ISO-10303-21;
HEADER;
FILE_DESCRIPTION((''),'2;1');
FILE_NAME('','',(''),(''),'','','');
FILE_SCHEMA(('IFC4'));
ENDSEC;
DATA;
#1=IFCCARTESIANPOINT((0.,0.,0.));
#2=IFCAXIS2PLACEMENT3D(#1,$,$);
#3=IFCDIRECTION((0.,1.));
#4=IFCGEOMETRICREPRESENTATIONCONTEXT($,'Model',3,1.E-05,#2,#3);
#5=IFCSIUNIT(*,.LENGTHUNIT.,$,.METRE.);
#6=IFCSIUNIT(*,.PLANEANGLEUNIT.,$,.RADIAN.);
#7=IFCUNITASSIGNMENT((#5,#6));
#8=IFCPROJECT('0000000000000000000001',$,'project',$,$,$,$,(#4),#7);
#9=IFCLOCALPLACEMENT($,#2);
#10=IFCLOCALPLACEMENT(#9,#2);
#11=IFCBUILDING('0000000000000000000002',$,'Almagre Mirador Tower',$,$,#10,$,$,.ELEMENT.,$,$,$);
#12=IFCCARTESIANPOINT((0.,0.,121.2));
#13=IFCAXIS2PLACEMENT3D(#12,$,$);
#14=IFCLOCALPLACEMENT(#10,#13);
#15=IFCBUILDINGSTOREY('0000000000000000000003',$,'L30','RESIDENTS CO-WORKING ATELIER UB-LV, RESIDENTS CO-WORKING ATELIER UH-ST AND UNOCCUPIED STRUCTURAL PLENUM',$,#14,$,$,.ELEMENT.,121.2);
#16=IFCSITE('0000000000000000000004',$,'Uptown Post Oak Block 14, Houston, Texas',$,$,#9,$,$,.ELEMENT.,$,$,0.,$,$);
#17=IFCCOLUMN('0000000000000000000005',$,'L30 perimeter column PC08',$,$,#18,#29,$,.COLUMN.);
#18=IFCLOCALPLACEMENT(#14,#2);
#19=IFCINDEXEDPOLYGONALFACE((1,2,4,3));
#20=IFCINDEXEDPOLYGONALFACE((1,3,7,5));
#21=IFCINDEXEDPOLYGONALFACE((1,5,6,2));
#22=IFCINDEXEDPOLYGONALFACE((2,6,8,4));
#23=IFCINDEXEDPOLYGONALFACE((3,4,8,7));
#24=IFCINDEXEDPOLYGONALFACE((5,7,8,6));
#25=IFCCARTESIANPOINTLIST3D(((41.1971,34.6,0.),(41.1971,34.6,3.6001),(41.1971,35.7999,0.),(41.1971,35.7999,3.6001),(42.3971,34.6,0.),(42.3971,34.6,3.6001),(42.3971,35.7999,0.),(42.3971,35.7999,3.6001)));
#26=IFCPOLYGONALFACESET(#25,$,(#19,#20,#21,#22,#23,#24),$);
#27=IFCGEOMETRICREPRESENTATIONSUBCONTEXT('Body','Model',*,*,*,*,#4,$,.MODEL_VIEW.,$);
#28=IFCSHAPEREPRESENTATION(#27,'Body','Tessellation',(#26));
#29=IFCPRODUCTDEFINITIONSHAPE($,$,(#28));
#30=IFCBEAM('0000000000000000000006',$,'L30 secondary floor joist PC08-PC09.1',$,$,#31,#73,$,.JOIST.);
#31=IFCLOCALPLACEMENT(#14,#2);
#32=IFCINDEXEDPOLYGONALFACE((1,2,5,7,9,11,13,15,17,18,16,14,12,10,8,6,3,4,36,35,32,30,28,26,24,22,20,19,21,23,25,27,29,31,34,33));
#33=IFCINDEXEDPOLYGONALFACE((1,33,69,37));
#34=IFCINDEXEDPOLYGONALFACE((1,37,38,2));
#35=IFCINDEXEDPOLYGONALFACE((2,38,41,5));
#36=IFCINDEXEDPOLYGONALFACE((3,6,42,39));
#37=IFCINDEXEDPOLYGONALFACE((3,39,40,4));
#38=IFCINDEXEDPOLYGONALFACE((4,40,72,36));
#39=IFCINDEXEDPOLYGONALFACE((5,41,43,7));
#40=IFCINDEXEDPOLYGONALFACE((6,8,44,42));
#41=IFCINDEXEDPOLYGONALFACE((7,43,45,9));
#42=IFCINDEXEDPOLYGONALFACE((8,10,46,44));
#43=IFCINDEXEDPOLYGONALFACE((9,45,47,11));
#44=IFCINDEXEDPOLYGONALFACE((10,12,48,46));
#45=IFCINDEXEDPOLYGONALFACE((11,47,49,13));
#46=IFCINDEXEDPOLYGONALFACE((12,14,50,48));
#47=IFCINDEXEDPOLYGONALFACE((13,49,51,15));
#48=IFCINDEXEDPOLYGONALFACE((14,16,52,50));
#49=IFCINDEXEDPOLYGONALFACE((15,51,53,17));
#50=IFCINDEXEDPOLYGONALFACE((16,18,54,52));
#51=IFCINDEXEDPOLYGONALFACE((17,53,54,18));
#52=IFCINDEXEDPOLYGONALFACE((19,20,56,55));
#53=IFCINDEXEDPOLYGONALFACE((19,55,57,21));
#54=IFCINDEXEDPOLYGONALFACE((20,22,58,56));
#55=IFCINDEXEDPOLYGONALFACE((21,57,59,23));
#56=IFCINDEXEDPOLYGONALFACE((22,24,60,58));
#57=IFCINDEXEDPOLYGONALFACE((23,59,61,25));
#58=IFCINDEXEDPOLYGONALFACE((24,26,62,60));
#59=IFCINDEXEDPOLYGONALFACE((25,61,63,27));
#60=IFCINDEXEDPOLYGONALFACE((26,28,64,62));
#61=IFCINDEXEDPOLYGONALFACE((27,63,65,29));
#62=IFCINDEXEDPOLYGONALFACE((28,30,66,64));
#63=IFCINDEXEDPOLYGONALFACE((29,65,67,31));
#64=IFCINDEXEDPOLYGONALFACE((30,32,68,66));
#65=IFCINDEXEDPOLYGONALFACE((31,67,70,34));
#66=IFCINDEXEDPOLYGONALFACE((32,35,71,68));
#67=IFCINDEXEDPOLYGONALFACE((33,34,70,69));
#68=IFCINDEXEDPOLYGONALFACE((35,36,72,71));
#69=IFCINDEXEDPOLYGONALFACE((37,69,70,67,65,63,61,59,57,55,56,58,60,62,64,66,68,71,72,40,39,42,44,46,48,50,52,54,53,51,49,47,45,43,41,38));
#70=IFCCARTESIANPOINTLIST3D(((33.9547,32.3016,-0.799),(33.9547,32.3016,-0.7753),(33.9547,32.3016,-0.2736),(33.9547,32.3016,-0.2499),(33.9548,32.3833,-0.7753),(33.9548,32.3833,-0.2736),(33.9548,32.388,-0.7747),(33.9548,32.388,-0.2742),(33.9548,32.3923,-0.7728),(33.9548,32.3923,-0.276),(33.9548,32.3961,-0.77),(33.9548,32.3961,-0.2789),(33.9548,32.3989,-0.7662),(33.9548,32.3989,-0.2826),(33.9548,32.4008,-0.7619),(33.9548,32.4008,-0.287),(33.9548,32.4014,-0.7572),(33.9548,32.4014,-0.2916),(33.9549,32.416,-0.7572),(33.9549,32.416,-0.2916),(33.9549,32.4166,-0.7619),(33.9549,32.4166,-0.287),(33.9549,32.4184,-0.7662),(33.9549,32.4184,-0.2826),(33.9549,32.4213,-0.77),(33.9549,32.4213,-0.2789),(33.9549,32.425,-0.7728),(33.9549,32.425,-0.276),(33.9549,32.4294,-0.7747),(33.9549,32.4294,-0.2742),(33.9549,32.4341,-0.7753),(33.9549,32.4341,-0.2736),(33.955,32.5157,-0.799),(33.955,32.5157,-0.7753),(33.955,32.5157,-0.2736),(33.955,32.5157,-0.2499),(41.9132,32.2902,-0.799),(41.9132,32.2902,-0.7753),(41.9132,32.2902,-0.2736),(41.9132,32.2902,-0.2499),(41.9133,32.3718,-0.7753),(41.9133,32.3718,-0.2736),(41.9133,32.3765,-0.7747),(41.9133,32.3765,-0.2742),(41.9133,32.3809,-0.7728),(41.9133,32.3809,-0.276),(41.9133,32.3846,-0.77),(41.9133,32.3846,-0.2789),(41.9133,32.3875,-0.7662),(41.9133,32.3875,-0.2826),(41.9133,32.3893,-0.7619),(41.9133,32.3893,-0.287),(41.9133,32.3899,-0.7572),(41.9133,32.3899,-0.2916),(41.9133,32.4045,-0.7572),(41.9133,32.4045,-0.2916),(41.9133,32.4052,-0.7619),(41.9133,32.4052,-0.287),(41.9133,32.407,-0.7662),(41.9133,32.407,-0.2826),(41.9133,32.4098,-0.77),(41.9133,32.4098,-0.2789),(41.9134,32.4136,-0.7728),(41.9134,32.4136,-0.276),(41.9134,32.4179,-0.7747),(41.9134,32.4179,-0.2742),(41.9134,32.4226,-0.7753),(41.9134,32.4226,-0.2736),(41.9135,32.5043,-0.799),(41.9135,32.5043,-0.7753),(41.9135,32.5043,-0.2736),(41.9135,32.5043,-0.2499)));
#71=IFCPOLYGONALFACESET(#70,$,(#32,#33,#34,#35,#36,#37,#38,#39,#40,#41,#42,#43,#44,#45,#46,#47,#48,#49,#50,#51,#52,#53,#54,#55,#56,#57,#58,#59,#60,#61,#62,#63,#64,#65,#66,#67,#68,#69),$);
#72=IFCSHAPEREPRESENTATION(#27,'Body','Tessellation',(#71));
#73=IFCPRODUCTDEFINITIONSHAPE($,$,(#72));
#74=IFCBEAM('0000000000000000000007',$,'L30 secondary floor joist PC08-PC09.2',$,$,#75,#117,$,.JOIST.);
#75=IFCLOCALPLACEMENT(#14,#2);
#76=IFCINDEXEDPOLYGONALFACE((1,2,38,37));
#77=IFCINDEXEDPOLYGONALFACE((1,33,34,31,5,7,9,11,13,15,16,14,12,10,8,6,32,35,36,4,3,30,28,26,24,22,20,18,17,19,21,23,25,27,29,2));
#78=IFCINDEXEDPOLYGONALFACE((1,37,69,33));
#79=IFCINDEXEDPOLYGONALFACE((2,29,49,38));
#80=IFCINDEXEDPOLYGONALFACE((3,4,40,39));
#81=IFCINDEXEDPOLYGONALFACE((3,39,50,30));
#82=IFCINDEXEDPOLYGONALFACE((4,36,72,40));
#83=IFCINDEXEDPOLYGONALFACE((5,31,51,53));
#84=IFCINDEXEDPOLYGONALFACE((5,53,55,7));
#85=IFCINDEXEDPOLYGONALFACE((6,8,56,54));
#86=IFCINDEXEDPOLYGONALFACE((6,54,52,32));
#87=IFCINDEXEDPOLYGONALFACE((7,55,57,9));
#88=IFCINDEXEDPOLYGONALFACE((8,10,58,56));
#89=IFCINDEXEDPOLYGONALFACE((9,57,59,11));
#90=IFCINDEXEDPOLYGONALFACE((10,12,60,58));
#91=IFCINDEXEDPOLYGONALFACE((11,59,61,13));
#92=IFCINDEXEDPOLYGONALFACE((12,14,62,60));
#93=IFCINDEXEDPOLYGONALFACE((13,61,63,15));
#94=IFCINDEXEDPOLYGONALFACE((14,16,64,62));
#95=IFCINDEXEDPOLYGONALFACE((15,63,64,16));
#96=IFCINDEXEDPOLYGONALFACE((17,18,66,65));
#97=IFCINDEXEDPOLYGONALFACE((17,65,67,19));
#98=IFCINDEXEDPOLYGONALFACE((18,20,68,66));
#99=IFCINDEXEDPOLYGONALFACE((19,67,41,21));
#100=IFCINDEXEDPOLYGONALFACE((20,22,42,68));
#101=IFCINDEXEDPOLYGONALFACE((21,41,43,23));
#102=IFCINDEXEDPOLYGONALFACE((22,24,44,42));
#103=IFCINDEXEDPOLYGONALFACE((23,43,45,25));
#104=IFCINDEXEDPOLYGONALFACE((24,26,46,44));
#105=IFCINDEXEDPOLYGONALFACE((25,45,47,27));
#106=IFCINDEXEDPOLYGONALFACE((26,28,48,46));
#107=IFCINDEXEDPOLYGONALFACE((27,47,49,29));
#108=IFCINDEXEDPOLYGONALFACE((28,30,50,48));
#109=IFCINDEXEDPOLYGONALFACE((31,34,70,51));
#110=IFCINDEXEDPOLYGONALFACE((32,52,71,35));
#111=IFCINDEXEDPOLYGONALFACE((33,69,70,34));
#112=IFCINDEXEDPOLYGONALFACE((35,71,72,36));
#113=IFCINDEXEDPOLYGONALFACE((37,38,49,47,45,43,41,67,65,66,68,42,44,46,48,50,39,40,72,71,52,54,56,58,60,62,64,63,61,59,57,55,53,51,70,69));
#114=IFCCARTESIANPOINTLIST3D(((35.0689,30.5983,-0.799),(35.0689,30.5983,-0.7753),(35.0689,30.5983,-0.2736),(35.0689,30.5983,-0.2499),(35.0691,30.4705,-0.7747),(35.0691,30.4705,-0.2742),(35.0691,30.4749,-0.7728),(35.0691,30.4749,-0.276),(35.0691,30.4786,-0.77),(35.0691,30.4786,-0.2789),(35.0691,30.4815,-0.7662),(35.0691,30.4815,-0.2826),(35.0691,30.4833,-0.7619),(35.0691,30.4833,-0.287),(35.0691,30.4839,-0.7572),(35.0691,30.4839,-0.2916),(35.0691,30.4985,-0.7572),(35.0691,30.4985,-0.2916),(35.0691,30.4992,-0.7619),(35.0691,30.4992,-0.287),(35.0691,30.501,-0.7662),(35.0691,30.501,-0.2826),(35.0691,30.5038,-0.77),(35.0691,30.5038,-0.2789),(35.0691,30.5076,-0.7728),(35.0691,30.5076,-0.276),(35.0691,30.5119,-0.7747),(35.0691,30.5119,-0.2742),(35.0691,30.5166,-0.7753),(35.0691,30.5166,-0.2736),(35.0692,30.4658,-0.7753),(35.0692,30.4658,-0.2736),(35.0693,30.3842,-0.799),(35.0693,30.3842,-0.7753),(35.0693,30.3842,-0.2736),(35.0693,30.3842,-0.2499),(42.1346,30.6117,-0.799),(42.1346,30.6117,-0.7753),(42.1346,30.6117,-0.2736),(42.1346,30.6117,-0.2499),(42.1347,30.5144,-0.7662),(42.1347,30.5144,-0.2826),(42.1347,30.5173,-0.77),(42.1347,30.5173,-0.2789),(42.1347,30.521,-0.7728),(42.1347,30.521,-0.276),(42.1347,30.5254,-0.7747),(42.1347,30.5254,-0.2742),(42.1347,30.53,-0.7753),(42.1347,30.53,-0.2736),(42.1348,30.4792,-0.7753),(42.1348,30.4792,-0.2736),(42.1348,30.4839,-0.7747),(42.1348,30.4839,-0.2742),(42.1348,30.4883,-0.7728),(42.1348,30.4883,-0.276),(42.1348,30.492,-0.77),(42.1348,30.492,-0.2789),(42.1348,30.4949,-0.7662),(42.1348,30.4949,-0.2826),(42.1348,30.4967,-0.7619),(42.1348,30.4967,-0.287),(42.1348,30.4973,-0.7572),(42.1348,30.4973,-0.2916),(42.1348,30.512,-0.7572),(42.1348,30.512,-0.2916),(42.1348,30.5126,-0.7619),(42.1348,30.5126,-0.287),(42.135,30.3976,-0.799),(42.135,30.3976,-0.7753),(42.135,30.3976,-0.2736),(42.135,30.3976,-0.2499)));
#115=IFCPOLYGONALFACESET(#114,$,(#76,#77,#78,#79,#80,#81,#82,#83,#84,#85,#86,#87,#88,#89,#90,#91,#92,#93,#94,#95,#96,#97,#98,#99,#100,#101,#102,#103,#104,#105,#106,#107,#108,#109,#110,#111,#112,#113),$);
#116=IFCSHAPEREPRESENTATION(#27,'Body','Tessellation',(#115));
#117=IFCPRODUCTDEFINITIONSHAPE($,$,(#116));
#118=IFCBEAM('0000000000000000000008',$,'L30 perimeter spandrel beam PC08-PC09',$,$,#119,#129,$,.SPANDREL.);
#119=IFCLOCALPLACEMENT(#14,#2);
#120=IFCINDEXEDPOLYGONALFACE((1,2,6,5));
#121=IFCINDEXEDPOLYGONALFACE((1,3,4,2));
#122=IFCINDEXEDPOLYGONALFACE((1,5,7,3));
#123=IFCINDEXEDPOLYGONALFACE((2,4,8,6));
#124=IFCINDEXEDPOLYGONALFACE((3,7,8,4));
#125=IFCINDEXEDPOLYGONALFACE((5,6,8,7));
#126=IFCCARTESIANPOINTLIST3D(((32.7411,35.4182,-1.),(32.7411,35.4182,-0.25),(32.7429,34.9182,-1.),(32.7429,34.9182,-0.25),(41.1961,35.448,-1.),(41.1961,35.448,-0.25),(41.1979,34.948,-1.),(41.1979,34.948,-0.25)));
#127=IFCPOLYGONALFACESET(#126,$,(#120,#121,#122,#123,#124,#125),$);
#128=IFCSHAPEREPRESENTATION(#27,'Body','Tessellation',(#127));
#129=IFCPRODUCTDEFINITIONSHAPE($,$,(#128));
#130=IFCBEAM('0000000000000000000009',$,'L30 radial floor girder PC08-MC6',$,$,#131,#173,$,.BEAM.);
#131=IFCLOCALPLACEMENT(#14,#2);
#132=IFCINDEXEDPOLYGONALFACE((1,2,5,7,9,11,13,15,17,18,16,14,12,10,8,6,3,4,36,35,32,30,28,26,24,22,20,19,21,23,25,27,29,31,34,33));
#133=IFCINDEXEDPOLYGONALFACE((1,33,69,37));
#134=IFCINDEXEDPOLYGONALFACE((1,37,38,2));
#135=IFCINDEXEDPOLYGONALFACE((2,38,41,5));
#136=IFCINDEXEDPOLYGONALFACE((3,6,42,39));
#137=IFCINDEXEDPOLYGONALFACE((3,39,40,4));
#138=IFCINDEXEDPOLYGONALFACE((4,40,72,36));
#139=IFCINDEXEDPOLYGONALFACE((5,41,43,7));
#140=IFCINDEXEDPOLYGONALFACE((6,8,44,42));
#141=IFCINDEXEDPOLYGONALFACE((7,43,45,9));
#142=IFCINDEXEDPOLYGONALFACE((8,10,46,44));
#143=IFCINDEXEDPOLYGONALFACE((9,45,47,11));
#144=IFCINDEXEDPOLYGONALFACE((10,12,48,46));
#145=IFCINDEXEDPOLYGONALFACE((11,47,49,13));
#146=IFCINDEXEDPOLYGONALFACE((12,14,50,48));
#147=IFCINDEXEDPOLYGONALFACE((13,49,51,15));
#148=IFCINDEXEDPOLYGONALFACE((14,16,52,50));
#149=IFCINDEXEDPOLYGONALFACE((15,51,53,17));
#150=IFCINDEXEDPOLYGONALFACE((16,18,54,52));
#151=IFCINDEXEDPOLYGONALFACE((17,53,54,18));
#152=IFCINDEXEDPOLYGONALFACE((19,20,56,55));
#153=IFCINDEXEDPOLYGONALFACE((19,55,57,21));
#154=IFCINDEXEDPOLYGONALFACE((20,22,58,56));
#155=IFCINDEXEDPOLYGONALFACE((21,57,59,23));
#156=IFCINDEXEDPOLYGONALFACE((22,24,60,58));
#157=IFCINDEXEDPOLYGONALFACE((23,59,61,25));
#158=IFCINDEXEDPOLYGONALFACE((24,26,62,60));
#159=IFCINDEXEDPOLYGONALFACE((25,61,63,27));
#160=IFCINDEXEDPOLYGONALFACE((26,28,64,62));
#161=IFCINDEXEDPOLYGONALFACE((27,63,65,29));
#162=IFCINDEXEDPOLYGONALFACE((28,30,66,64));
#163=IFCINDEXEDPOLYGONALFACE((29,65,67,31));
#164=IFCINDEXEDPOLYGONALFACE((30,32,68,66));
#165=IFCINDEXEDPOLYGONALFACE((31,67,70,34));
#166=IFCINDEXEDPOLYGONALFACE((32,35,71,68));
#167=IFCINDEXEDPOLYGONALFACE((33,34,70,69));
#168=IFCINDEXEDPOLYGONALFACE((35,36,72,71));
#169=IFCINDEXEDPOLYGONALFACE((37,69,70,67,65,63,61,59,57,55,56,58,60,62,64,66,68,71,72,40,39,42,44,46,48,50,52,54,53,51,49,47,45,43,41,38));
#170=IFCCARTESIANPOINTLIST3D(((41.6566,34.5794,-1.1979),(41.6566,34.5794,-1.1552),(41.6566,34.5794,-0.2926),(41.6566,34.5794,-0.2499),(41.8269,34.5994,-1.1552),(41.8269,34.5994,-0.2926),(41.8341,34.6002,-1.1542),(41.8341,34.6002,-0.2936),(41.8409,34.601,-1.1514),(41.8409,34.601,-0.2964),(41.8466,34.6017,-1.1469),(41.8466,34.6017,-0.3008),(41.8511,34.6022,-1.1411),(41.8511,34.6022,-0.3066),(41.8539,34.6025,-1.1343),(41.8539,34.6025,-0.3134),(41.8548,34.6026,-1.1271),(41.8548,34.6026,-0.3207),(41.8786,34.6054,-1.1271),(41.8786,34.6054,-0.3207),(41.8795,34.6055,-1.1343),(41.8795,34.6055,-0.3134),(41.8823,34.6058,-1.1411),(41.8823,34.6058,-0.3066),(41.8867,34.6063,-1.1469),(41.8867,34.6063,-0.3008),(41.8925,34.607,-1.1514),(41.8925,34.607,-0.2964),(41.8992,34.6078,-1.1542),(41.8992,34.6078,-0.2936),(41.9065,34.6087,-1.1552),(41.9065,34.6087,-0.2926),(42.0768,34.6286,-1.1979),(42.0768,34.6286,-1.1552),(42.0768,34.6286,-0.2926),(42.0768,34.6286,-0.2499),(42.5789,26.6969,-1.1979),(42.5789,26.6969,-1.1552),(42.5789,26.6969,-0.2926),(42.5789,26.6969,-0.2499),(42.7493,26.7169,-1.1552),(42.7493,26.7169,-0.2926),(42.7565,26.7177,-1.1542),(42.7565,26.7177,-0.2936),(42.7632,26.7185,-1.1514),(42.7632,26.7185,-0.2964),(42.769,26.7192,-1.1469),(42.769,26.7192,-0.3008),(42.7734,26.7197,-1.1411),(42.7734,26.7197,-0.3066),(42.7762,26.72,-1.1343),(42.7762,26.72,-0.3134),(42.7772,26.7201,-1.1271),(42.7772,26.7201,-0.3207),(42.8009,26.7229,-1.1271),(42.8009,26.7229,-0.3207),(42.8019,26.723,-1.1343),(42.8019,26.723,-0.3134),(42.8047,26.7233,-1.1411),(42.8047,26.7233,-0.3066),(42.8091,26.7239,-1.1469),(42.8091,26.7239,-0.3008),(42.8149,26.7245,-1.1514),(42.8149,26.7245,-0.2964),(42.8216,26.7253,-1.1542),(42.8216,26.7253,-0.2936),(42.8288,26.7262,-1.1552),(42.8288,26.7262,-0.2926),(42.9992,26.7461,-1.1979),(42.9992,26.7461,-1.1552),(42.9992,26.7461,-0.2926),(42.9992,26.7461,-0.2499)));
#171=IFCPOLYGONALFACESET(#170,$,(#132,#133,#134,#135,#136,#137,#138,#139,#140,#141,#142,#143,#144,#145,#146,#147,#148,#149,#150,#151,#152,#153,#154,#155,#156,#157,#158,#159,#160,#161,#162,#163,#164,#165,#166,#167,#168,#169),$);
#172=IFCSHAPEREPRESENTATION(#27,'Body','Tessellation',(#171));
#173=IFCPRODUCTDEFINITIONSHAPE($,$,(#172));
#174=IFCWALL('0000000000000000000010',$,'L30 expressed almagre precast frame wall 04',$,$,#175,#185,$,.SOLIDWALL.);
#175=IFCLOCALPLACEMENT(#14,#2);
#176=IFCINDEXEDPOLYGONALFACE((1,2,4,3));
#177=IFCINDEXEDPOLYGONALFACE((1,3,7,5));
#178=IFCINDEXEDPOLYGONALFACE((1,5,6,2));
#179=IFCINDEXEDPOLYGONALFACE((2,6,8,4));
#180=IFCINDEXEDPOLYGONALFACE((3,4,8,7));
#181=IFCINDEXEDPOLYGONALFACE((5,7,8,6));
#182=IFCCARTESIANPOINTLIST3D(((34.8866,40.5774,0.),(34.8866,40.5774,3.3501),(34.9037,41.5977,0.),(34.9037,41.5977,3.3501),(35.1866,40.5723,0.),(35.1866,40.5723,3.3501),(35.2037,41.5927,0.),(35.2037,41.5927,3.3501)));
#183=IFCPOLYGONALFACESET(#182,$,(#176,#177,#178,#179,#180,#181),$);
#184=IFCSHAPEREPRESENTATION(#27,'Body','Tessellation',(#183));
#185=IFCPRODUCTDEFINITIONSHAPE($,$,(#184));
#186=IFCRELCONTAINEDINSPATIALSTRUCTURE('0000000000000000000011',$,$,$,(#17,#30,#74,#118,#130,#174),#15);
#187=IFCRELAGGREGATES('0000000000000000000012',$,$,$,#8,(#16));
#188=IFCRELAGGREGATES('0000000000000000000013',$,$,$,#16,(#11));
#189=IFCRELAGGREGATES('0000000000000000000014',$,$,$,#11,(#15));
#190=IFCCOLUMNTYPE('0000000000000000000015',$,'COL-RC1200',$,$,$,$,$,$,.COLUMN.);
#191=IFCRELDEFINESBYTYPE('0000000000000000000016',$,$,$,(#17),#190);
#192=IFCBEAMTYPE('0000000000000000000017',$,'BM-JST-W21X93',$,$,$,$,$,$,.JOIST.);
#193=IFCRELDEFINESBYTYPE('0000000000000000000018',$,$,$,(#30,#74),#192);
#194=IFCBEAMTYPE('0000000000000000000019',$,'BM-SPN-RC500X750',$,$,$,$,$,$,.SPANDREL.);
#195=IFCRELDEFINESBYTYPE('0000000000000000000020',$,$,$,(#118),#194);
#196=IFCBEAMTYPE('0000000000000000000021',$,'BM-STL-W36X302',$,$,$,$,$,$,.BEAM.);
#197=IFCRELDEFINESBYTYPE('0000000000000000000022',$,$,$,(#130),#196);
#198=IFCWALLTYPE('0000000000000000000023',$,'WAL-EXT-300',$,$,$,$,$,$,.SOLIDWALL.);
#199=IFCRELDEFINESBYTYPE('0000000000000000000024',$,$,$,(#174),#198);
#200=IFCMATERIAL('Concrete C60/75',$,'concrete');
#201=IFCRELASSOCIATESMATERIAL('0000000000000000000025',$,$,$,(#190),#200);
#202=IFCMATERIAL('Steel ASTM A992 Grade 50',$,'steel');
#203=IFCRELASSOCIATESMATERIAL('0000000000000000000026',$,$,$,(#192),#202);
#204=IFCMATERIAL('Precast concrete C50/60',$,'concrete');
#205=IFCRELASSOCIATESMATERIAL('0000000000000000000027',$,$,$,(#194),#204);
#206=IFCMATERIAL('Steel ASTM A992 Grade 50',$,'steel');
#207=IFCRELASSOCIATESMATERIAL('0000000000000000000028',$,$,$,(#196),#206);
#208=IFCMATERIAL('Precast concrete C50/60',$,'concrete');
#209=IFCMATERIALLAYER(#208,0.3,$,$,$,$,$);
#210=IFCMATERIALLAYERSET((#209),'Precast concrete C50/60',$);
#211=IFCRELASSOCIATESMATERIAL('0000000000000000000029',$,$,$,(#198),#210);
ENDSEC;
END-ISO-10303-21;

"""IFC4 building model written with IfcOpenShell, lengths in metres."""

from ifc_helpers import new_model, si_unit, direction, frame, frame_2d, origin, origin_2d, place, context, subcontext, project, spatial, rectangle, i_section, extrude, material, layer, layer_set, material_profile, profile_set, type_object, element, save


model = new_model("IFC4")

# Units and contexts
model_context = context("Model", 3, precision=1e-05, world=origin(), true_north=direction((0.0, 1.0)))
body_context = subcontext(model_context, "Body", "Model", "MODEL_VIEW")
ifc_project = project(units=[si_unit("LENGTHUNIT", "METRE"), si_unit("PLANEANGLEUNIT", "RADIAN")], contexts=[model_context])

# Site, building, storey
site_placement = place(None, origin())
site = spatial("IfcSite", under=ifc_project, at=site_placement, Name="Uptown Post Oak Block 14, Houston, Texas", CompositionType="ELEMENT", RefElevation=0.0)
building_placement = place(site_placement, origin())
building = spatial("IfcBuilding", under=site, at=building_placement, Name="Almagre Mirador Tower", CompositionType="ELEMENT")
storey_placement = place(building_placement, frame((0.0, 0.0, 121.2)))
storey = spatial("IfcBuildingStorey", under=building, at=storey_placement, Name="L30", Description="RESIDENTS CO-WORKING ATELIER UB-LV, RESIDENTS CO-WORKING ATELIER UH-ST AND UNOCCUPIED STRUCTURAL PLENUM", CompositionType="ELEMENT", Elevation=121.2)

# Column
ifc_material_1 = material(Name="Concrete C60/75", Category="concrete")
ifc_material_profile_1 = material_profile(ifc_material_1, rectangle(XDim=1.2, YDim=1.2, at=origin_2d()), Name="RC1200X1200")
ifc_profile_set_1 = profile_set([ifc_material_profile_1], Name="Concrete C60/75")
column_type = type_object("IfcColumnType", Name="COL-RC1200", PredefinedType="COLUMN", material=ifc_profile_set_1)
column_placement = place(storey_placement, frame((41.7971, 35.2, 0.0), z_axis=(0.0, 0.0, 1.0), x_axis=(1.0, 0.0, 0.0)))
element("IfcColumn", 1, at=column_placement, inside=storey, type_object=column_type, Name="L30 perimeter column PC08", PredefinedType="COLUMN", context=body_context, shape_type="SweptSolid", body=[
    extrude(rectangle(XDim=1.2, YDim=1.2, at=origin_2d()), origin(), (0.0, 0.0, 1.0), 3.6001),
])

# Beams
ifc_material_2 = material(Name="Steel ASTM A992 Grade 50", Category="steel")
ifc_material_profile_2 = material_profile(ifc_material_2, i_section(OverallWidth=0.2141, OverallDepth=0.5491, WebThickness=0.0146, FlangeThickness=0.0237, FilletRadius=0.0181, at=origin_2d()), Name="W21X93")
ifc_profile_set_2 = profile_set([ifc_material_profile_2], Name="Steel ASTM A992 Grade 50")
beam_type_1 = type_object("IfcBeamType", Name="BM-JST-W21X93", PredefinedType="JOIST", material=ifc_profile_set_2)
beam_1_placement = place(storey_placement, frame((41.9133, 32.3972, -0.5244), z_axis=(-0.999999, 0.001442, 0.0), x_axis=(-0.001442, -0.999999, 0.0)))
element("IfcBeam", 2, at=beam_1_placement, inside=storey, type_object=beam_type_1, Name="L30 secondary floor joist PC08-PC09.1", PredefinedType="JOIST", context=body_context, shape_type="SweptSolid", body=[
    extrude(i_section(OverallWidth=0.2141, OverallDepth=0.5491, WebThickness=0.0146, FlangeThickness=0.0237, FilletRadius=0.0181, at=origin_2d()), origin(), (0.0, 0.0, 1.0), 7.9585),
])
beam_2_placement = place(storey_placement, frame((42.1348, 30.5046, -0.5244), z_axis=(-0.999998, -0.0019, 0.0), x_axis=(0.0019, -0.999998, 0.0)))
element("IfcBeam", 3, at=beam_2_placement, inside=storey, type_object=beam_type_1, Name="L30 secondary floor joist PC08-PC09.2", PredefinedType="JOIST", context=body_context, shape_type="SweptSolid", body=[
    extrude(i_section(OverallWidth=0.2141, OverallDepth=0.5491, WebThickness=0.0146, FlangeThickness=0.0237, FilletRadius=0.0181, at=origin_2d()), origin(), (0.0, 0.0, 1.0), 7.0657),
])
ifc_material_3 = material(Name="Precast concrete C50/60", Category="concrete")
ifc_material_profile_3 = material_profile(ifc_material_3, rectangle(XDim=0.5, YDim=0.75, at=origin_2d()), Name="RC500X750")
ifc_profile_set_3 = profile_set([ifc_material_profile_3], Name="Precast concrete C50/60")
beam_type_2 = type_object("IfcBeamType", Name="BM-SPN-RC500X750", PredefinedType="SPANDREL", material=ifc_profile_set_3)
beam_3_placement = place(storey_placement, frame((41.197, 35.198, -0.625), z_axis=(-0.999994, -0.003523, 0.0), x_axis=(0.003523, -0.999994, 0.0)))
element("IfcBeam", 4, at=beam_3_placement, inside=storey, type_object=beam_type_2, Name="L30 perimeter spandrel beam PC08-PC09", PredefinedType="SPANDREL", context=body_context, shape_type="SweptSolid", body=[
    extrude(rectangle(XDim=0.5, YDim=0.75, at=origin_2d()), origin(), (0.0, 0.0, 1.0), 8.4551),
])
ifc_material_4 = material(Name="Steel ASTM A992 Grade 50", Category="steel")
ifc_material_profile_4 = material_profile(ifc_material_4, i_section(OverallWidth=0.4231, OverallDepth=0.948, WebThickness=0.0239, FlangeThickness=0.0427, FilletRadius=0.0281, at=origin_2d()), Name="W36X302")
ifc_profile_set_4 = profile_set([ifc_material_profile_4], Name="Steel ASTM A992 Grade 50")
beam_type_3 = type_object("IfcBeamType", Name="BM-STL-W36X302", PredefinedType="BEAM", material=ifc_profile_set_4)
beam_4_placement = place(storey_placement, frame((41.8667, 34.604, -0.7239), z_axis=(0.11622, -0.993223, 0.0), x_axis=(0.993223, 0.11622, 0.0)))
element("IfcBeam", 5, at=beam_4_placement, inside=storey, type_object=beam_type_3, Name="L30 radial floor girder PC08-MC6", PredefinedType="BEAM", context=body_context, shape_type="SweptSolid", body=[
    extrude(i_section(OverallWidth=0.4231, OverallDepth=0.948, WebThickness=0.0239, FlangeThickness=0.0427, FilletRadius=0.0281, at=origin_2d()), origin(), (0.0, 0.0, 1.0), 7.9363),
])

# Wall
ifc_material_5 = material(Name="Precast concrete C50/60", Category="concrete")
ifc_layer_1 = layer(ifc_material_5, 0.3)
ifc_layer_set_1 = layer_set([ifc_layer_1], Name="Precast concrete C50/60")
wall_type_1 = type_object("IfcWallType", Name="WAL-EXT-300", PredefinedType="SOLIDWALL", material=ifc_layer_set_1)
wall_1_placement = place(storey_placement, frame((35.0537, 41.5952, 0.0), z_axis=(0.0, 0.0, 1.0), x_axis=(-0.016748, -0.99986, 0.0)))
element("IfcWall", 6, at=wall_1_placement, inside=storey, type_object=wall_type_1, Name="L30 expressed almagre precast frame wall 04", PredefinedType="SOLIDWALL", context=body_context, shape_type="SweptSolid", body=[
    extrude(rectangle(XDim=1.0205, YDim=0.3, at=frame_2d((0.5103, 0.0))), origin(), (0.0, 0.0, 1.0), 3.3501),
])

save(model, "model.ifc")
